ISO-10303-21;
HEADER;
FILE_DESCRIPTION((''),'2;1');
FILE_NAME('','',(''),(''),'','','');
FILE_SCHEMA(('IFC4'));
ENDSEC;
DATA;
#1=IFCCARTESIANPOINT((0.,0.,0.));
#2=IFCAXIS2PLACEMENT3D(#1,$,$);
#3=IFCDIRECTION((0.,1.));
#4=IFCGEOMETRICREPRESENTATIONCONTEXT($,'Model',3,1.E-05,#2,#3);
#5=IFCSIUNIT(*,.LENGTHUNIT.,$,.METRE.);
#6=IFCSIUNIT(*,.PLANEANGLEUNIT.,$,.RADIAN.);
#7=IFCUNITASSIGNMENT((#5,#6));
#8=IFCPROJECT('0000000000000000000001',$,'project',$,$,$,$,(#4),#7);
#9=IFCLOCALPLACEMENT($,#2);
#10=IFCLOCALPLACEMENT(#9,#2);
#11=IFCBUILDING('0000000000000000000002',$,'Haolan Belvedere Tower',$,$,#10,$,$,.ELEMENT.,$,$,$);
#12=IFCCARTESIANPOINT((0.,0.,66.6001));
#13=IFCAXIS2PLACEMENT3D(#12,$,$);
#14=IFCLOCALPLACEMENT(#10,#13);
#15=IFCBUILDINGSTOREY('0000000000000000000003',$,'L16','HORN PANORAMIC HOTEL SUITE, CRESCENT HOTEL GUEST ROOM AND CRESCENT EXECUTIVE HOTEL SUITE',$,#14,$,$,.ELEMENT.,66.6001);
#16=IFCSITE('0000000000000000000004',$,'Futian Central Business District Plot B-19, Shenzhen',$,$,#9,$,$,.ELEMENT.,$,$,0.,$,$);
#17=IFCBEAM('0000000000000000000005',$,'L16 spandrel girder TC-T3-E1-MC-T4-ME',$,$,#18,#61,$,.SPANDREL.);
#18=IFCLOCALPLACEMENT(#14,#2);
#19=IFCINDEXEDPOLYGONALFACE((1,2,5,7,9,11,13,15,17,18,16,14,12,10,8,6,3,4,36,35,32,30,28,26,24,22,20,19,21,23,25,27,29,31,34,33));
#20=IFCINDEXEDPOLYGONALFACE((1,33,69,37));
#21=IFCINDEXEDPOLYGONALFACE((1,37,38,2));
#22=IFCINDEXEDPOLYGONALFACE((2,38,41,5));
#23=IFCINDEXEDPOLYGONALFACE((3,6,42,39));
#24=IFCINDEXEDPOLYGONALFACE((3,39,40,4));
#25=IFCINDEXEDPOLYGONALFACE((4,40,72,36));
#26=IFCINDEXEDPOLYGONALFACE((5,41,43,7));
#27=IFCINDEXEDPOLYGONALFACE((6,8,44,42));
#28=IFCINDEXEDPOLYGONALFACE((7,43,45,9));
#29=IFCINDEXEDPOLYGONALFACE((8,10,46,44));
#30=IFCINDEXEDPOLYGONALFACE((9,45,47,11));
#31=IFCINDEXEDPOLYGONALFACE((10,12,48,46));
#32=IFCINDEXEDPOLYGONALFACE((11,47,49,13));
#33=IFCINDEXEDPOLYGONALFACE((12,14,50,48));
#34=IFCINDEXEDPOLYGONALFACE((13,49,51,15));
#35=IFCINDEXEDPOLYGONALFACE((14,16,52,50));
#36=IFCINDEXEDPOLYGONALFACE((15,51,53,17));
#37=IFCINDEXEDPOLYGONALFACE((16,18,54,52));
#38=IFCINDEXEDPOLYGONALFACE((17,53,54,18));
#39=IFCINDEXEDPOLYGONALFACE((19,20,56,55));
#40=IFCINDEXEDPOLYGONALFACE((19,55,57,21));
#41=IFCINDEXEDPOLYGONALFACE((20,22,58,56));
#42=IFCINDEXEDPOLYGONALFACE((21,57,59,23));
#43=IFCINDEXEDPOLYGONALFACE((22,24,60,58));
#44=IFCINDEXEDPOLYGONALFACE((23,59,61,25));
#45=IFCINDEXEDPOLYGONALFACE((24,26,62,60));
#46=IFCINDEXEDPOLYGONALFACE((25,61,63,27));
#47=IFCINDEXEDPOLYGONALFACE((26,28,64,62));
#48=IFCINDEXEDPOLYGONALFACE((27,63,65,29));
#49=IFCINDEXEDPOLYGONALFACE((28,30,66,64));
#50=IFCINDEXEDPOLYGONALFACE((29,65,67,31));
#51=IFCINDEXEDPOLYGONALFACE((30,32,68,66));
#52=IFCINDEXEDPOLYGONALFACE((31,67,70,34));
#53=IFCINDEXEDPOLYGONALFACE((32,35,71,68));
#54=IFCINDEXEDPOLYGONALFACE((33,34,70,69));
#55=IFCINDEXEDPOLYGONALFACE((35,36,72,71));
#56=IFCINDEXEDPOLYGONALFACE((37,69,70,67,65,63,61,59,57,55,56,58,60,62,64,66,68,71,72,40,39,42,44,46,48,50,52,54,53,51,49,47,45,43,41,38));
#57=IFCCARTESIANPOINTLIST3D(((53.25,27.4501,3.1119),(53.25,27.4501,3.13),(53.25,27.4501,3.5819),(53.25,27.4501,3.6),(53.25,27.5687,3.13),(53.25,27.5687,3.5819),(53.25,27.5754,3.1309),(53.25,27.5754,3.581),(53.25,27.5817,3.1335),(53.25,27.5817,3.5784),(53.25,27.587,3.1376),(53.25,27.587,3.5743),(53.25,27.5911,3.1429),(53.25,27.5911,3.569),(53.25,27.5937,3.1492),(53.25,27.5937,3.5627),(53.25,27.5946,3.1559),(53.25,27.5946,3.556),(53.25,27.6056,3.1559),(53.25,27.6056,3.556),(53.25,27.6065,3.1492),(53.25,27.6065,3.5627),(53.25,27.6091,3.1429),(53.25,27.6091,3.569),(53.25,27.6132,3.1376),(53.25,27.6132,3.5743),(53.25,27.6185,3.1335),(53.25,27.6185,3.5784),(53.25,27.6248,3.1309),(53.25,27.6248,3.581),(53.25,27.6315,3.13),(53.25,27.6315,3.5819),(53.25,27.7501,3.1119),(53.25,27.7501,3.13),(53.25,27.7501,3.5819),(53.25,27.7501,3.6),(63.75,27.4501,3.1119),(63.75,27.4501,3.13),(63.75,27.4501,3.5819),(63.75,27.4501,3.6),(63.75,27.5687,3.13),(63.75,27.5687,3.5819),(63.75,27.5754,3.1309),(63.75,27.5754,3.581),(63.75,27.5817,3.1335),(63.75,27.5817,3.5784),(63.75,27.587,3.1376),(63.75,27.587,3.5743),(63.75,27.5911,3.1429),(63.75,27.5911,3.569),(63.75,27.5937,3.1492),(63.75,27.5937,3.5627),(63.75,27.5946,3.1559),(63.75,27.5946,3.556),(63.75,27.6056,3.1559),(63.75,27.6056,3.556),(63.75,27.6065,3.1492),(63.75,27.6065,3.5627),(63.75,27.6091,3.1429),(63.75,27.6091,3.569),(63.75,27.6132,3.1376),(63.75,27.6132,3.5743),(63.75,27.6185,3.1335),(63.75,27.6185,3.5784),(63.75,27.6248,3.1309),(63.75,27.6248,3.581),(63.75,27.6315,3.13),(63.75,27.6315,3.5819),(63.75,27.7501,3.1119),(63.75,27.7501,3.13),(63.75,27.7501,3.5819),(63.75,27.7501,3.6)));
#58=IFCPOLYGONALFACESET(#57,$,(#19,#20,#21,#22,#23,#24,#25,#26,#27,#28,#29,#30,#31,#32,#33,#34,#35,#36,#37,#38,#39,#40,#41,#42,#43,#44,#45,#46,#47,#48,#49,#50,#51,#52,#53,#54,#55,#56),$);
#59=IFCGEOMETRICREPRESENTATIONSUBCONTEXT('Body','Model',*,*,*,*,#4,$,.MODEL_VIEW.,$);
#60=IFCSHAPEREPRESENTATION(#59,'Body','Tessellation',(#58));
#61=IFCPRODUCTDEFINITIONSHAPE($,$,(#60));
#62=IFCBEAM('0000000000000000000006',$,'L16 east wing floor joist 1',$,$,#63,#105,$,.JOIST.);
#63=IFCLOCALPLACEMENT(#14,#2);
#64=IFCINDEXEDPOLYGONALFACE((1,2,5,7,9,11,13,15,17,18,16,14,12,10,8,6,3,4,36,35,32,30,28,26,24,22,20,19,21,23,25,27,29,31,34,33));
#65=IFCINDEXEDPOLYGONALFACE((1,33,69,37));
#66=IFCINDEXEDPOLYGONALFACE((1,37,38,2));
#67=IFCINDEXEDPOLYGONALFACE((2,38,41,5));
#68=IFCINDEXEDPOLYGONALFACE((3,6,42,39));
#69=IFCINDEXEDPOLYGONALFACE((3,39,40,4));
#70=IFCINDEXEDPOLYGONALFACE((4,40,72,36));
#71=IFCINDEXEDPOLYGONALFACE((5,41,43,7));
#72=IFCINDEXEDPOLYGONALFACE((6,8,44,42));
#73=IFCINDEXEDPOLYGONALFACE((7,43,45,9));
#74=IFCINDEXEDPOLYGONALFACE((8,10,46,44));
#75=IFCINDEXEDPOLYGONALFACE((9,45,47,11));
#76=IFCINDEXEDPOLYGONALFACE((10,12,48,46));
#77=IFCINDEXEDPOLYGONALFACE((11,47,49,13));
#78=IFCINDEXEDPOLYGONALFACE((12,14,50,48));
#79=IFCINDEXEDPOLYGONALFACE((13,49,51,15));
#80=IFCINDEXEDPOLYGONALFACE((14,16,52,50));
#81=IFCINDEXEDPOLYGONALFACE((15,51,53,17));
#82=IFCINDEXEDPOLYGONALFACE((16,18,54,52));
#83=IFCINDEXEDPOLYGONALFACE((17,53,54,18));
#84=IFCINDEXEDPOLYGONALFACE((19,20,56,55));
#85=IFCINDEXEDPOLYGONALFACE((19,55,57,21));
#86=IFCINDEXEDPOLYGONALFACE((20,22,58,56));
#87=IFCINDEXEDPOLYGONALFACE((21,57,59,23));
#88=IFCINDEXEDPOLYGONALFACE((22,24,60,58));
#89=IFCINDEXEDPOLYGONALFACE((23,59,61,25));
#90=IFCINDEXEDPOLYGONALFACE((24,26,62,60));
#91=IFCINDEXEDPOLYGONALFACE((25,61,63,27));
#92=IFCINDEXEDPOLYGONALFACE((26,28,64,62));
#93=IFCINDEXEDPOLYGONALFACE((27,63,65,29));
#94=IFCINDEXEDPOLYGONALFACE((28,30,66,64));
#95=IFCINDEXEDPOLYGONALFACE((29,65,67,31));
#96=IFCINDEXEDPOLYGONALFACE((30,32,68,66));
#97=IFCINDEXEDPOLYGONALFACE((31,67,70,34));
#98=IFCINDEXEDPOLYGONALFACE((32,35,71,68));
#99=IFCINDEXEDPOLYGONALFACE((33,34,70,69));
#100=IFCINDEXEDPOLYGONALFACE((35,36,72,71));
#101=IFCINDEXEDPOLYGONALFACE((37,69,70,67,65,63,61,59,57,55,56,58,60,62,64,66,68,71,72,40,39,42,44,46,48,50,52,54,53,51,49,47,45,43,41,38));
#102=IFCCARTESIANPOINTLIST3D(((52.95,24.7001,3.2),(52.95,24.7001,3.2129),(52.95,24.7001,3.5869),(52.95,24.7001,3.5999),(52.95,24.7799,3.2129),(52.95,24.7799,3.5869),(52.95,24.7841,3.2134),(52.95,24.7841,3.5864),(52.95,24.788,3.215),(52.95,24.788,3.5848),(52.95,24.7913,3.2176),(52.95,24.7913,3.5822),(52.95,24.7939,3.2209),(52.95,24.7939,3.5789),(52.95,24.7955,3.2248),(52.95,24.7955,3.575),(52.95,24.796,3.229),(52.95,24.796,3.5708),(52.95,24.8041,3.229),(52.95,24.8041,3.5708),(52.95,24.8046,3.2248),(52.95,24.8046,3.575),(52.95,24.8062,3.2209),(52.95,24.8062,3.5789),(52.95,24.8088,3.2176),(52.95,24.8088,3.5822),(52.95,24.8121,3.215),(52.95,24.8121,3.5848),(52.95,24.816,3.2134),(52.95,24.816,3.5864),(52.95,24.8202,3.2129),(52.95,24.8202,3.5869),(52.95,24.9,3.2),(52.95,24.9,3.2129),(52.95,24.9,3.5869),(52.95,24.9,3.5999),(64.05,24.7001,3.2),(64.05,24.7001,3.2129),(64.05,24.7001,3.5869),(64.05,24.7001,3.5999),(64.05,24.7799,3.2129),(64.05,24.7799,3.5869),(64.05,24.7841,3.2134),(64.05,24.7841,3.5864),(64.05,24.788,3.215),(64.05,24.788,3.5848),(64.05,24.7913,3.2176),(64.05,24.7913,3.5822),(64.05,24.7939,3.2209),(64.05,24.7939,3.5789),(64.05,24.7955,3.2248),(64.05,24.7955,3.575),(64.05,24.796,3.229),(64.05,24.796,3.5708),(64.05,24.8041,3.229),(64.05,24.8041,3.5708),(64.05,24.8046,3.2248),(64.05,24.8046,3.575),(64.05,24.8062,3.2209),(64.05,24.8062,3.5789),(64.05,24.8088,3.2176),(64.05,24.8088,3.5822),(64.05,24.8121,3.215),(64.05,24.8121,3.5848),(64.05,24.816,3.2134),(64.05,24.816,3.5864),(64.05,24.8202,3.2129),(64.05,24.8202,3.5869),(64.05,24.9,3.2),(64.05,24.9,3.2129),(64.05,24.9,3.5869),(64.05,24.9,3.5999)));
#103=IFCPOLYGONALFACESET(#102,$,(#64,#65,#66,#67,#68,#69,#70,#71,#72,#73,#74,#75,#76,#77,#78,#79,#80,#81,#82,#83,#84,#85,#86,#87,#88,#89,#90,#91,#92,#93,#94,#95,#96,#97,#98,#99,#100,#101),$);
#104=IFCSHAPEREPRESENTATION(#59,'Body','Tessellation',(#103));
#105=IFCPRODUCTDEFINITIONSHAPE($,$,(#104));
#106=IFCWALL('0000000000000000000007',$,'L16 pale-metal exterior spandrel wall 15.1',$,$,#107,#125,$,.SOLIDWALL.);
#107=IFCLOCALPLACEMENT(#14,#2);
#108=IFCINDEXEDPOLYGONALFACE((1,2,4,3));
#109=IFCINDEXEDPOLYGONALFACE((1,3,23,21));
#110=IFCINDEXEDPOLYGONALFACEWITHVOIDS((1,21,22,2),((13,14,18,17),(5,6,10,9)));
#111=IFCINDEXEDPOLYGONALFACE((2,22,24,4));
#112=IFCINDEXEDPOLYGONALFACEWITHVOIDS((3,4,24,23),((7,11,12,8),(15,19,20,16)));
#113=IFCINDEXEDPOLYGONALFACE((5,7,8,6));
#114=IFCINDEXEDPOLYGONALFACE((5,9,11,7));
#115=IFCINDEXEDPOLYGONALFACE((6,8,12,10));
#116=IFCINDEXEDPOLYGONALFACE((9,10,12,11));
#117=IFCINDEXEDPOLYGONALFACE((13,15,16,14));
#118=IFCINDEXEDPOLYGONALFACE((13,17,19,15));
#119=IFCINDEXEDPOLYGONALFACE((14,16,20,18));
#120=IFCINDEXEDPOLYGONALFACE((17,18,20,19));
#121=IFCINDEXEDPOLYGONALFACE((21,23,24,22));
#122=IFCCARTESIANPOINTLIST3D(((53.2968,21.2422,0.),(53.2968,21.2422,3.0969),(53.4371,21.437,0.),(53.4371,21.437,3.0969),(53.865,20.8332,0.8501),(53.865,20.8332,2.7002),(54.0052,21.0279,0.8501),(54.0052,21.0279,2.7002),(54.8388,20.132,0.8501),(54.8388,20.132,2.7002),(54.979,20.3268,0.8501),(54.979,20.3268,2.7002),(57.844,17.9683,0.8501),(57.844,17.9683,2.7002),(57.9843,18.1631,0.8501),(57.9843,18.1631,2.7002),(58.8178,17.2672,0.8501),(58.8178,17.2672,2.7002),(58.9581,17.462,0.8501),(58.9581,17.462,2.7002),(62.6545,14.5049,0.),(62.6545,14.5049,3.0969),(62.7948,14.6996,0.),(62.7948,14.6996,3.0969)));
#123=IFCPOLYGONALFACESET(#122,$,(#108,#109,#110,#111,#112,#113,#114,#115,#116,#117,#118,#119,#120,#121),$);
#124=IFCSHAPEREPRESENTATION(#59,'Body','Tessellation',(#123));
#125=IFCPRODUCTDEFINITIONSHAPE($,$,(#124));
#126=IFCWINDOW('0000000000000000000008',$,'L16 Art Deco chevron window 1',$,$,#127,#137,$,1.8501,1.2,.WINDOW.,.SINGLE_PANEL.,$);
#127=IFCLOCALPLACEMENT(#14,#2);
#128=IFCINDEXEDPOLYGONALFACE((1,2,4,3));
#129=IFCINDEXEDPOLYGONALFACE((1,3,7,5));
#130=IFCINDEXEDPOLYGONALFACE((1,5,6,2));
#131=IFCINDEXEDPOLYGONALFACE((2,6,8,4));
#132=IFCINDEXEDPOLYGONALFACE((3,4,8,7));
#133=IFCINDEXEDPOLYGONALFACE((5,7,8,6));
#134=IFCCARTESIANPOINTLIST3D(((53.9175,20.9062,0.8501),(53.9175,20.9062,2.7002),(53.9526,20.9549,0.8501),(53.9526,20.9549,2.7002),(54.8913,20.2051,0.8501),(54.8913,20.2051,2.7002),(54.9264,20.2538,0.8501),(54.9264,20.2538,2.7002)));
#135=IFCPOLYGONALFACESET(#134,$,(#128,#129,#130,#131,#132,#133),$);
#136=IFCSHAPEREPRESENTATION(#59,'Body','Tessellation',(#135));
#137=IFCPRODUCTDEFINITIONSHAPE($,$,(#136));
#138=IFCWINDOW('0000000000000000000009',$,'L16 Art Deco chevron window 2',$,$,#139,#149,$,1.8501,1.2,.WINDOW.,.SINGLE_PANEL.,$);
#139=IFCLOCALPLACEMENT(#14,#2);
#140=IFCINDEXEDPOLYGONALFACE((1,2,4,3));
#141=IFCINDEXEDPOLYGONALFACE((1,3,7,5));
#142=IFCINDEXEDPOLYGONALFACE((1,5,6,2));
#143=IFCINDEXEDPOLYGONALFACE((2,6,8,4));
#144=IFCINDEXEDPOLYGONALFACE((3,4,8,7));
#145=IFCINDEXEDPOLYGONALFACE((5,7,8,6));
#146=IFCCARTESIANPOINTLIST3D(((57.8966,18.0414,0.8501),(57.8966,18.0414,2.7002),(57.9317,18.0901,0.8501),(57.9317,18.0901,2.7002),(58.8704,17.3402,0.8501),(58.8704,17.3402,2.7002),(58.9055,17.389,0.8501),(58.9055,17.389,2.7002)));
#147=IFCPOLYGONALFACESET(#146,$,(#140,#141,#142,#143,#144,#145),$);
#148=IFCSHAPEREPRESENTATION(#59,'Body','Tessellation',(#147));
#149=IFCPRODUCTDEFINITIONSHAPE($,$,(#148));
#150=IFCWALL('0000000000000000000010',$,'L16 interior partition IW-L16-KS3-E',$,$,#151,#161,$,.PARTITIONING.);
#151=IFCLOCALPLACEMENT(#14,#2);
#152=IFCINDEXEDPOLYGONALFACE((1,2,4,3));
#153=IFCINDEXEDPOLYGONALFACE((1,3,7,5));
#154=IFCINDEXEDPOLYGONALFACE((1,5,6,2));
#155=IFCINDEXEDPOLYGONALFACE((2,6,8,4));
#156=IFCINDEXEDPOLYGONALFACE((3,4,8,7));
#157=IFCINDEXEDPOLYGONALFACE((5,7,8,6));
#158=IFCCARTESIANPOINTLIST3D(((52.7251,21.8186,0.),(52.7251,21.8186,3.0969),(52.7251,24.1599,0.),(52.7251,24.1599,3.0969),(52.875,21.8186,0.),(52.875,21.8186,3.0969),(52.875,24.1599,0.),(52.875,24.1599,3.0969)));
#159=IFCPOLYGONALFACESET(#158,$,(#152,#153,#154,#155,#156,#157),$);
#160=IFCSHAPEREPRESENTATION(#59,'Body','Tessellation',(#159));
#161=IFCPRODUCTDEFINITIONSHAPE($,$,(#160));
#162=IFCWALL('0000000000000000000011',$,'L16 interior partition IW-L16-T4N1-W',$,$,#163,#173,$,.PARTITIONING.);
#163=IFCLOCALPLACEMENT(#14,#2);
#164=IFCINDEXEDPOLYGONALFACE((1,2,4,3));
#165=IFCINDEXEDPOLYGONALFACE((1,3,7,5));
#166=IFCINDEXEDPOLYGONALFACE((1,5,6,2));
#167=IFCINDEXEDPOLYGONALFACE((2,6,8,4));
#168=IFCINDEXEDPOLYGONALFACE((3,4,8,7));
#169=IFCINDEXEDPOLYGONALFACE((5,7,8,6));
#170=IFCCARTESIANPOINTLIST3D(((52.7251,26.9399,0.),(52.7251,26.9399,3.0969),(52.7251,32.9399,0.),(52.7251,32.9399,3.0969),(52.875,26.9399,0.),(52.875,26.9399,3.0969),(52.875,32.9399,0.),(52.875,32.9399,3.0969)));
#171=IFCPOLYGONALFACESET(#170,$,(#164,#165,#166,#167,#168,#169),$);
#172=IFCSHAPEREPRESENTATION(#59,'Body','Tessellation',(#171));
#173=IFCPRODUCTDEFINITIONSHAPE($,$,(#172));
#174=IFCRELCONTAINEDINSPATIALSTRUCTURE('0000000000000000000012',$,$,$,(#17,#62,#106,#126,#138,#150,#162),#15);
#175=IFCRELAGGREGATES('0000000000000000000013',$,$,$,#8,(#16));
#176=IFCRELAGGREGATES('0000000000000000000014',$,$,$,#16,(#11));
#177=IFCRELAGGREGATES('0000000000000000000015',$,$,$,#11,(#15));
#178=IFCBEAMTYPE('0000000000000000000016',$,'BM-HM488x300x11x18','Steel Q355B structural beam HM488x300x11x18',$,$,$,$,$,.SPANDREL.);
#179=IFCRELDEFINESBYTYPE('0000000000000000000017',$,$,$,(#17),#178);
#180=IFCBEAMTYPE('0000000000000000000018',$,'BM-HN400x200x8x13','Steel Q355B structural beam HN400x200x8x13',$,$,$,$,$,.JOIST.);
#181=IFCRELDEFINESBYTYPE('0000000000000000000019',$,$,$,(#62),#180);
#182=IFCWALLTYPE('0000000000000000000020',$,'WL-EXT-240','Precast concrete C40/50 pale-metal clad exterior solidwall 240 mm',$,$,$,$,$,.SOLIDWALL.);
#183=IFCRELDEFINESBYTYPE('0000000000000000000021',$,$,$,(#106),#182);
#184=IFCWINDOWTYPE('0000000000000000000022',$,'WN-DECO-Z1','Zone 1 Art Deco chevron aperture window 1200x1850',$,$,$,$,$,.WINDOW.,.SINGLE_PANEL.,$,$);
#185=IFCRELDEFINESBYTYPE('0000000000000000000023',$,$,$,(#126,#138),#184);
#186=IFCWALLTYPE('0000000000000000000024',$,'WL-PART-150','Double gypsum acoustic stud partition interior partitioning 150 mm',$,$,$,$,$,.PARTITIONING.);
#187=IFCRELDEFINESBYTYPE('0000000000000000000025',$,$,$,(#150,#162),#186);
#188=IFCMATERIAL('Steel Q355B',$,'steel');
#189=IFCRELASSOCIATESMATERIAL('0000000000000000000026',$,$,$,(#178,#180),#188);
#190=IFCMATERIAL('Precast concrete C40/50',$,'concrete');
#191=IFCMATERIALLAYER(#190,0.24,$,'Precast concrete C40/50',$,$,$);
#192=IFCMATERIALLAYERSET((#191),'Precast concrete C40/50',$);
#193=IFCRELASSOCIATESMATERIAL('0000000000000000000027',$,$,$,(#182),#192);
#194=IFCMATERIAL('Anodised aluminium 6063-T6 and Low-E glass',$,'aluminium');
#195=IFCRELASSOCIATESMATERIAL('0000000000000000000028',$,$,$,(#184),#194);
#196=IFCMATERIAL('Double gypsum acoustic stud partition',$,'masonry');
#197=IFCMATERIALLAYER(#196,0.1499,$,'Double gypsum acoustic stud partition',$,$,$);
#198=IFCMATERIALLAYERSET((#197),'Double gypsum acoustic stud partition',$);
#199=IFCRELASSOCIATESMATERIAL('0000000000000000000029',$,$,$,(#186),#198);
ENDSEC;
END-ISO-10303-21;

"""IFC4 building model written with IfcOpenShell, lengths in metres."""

from ifc_helpers import new_model, si_unit, direction, frame, frame_2d, origin, origin_2d, place, context, subcontext, project, spatial, rectangle, i_section, extrude, material, layer, layer_set, material_profile, profile_set, type_object, element, fill, save


model = new_model("IFC4")

# Units and contexts
model_context = context("Model", 3, precision=1e-05, world=origin(), true_north=direction((0.0, 1.0)))
body_context = subcontext(model_context, "Body", "Model", "MODEL_VIEW")
ifc_project = project(units=[si_unit("LENGTHUNIT", "METRE"), si_unit("PLANEANGLEUNIT", "RADIAN")], contexts=[model_context])

# Site, building, storey
site_placement = place(None, origin())
site = spatial("IfcSite", under=ifc_project, at=site_placement, Name="Futian Central Business District Plot B-19, Shenzhen", CompositionType="ELEMENT", RefElevation=0.0)
building_placement = place(site_placement, origin())
building = spatial("IfcBuilding", under=site, at=building_placement, Name="Haolan Belvedere Tower", CompositionType="ELEMENT")
storey_placement = place(building_placement, frame((0.0, 0.0, 66.6001)))
storey = spatial("IfcBuildingStorey", under=building, at=storey_placement, Name="L16", Description="HORN PANORAMIC HOTEL SUITE, CRESCENT HOTEL GUEST ROOM AND CRESCENT EXECUTIVE HOTEL SUITE", CompositionType="ELEMENT", Elevation=66.6001)

# Beams
ifc_material_1 = material(Name="Steel Q355B", Category="steel")
ifc_material_profile_1 = material_profile(ifc_material_1, i_section(OverallWidth=0.3, OverallDepth=0.488, WebThickness=0.011, FlangeThickness=0.0181, FilletRadius=0.0259, at=origin_2d()), Name="Steel Q355B")
ifc_profile_set_1 = profile_set([ifc_material_profile_1], Name="Steel Q355B")
beam_type_1 = type_object("IfcBeamType", Name="BM-HM488x300x11x18", Description="Steel Q355B structural beam HM488x300x11x18", PredefinedType="SPANDREL", material=ifc_profile_set_1)
beam_1_placement = place(storey_placement, frame((53.25, 27.6001, 3.356), z_axis=(1.0, 0.0, 0.0), x_axis=(0.0, 1.0, 0.0)))
element("IfcBeam", 1, at=beam_1_placement, inside=storey, type_object=beam_type_1, Name="L16 spandrel girder TC-T3-E1-MC-T4-ME", PredefinedType="SPANDREL", context=body_context, shape_type="SweptSolid", body=[
    extrude(i_section(OverallWidth=0.3, OverallDepth=0.488, WebThickness=0.011, FlangeThickness=0.0181, FilletRadius=0.0259, at=origin_2d()), origin(), (0.0, 0.0, 1.0), 10.5),
])
ifc_material_profile_2 = material_profile(ifc_material_1, i_section(OverallWidth=0.2, OverallDepth=0.3999, WebThickness=0.0081, FlangeThickness=0.0129, FilletRadius=0.0161, at=origin_2d()), Name="Steel Q355B")
ifc_profile_set_2 = profile_set([ifc_material_profile_2], Name="Steel Q355B")
beam_type_2 = type_object("IfcBeamType", Name="BM-HN400x200x8x13", Description="Steel Q355B structural beam HN400x200x8x13", PredefinedType="JOIST", material=ifc_profile_set_2)
beam_2_placement = place(storey_placement, frame((52.95, 24.8, 3.3999), z_axis=(1.0, 0.0, 0.0), x_axis=(0.0, 1.0, 0.0)))
element("IfcBeam", 2, at=beam_2_placement, inside=storey, type_object=beam_type_2, Name="L16 east wing floor joist 1", PredefinedType="JOIST", context=body_context, shape_type="SweptSolid", body=[
    extrude(i_section(OverallWidth=0.2, OverallDepth=0.3999, WebThickness=0.0081, FlangeThickness=0.0129, FilletRadius=0.0161, at=origin_2d()), origin(), (0.0, 0.0, 1.0), 11.1001),
])

# Wall, openings, windows
ifc_material_2 = material(Name="Precast concrete C40/50", Category="concrete")
ifc_layer_1 = layer(ifc_material_2, 0.24, Name="Precast concrete C40/50")
ifc_layer_set_1 = layer_set([ifc_layer_1], Name="Precast concrete C40/50")
wall_type_1 = type_object("IfcWallType", Name="WL-EXT-240", Description="Precast concrete C40/50 pale-metal clad exterior solidwall 240 mm", PredefinedType="SOLIDWALL", material=ifc_layer_set_1)
wall_1_placement = place(storey_placement, frame((53.3669, 21.3396, 0.0), z_axis=(0.0, 0.0, 1.0), x_axis=(0.811543, -0.584292, 0.0)))
wall_1 = element("IfcWall", 3, at=wall_1_placement, inside=storey, type_object=wall_type_1, Name="L16 pale-metal exterior spandrel wall 15.1", PredefinedType="SOLIDWALL", context=body_context, shape_type="SweptSolid", body=[
    extrude(rectangle(XDim=11.5308, YDim=0.24, at=frame_2d((5.7654, 0.0))), origin(), (0.0, 0.0, 1.0), 3.0969),
])
opening_1_placement = place(wall_1_placement, frame((0.7, 0.0, 0.8501)))
opening_1 = element("IfcOpeningElement", 4, at=opening_1_placement, cuts=wall_1, PredefinedType="OPENING", context=body_context, shape_type="SweptSolid", body=[
    extrude(rectangle(XDim=1.2, YDim=1.8501, at=frame_2d((0.6001, 0.925))), frame((0.0, 0.1299, 0.0), z_axis=(0.0, -1.0, 0.0), x_axis=(1.0, 0.0, 0.0)), (0.0, 0.0, 1.0), 0.26),
])
opening_2_placement = place(wall_1_placement, frame((5.603, 0.0, 0.8501)))
opening_2 = element("IfcOpeningElement", 5, at=opening_2_placement, cuts=wall_1, PredefinedType="OPENING", context=body_context, shape_type="SweptSolid", body=[
    extrude(rectangle(XDim=1.2, YDim=1.8501, at=frame_2d((0.6001, 0.925))), frame((0.0, 0.1299, 0.0), z_axis=(0.0, -1.0, 0.0), x_axis=(1.0, 0.0, 0.0)), (0.0, 0.0, 1.0), 0.26),
])
ifc_material_3 = material(Name="Anodised aluminium 6063-T6 and Low-E glass", Category="aluminium")
window_type = type_object("IfcWindowType", Name="WN-DECO-Z1", Description="Zone 1 Art Deco chevron aperture window 1200x1850", PartitioningType="SINGLE_PANEL", PredefinedType="WINDOW", material=ifc_material_3)
window_1_placement = place(opening_1_placement, origin())
window_1 = element("IfcWindow", 6, at=window_1_placement, inside=storey, type_object=window_type, Name="L16 Art Deco chevron window 1", OverallHeight=1.8501, OverallWidth=1.2, PartitioningType="SINGLE_PANEL", PredefinedType="WINDOW", context=body_context, shape_type="SweptSolid", body=[
    extrude(rectangle(XDim=1.2, YDim=1.8501, at=frame_2d((0.6001, 0.925))), frame((0.0, 0.03, 0.0), z_axis=(0.0, -1.0, 0.0), x_axis=(1.0, 0.0, 0.0)), (0.0, 0.0, 1.0), 0.0601),
])
fill(opening_1, window_1)
window_2_placement = place(opening_2_placement, origin())
window_2 = element("IfcWindow", 7, at=window_2_placement, inside=storey, type_object=window_type, Name="L16 Art Deco chevron window 2", OverallHeight=1.8501, OverallWidth=1.2, PartitioningType="SINGLE_PANEL", PredefinedType="WINDOW", context=body_context, shape_type="SweptSolid", body=[
    extrude(rectangle(XDim=1.2, YDim=1.8501, at=frame_2d((0.6001, 0.925))), frame((0.0, 0.03, 0.0), z_axis=(0.0, -1.0, 0.0), x_axis=(1.0, 0.0, 0.0)), (0.0, 0.0, 1.0), 0.0601),
])
fill(opening_2, window_2)

# Walls
ifc_material_4 = material(Name="Double gypsum acoustic stud partition", Category="masonry")
ifc_layer_2 = layer(ifc_material_4, 0.1499, Name="Double gypsum acoustic stud partition")
ifc_layer_set_2 = layer_set([ifc_layer_2], Name="Double gypsum acoustic stud partition")
wall_type_2 = type_object("IfcWallType", Name="WL-PART-150", Description="Double gypsum acoustic stud partition interior partitioning 150 mm", PredefinedType="PARTITIONING", material=ifc_layer_set_2)
wall_2_placement = place(storey_placement, frame((52.8, 21.8186, 0.0), z_axis=(0.0, 0.0, 1.0), x_axis=(0.0, 1.0, 0.0)))
element("IfcWall", 8, at=wall_2_placement, inside=storey, type_object=wall_type_2, Name="L16 interior partition IW-L16-KS3-E", PredefinedType="PARTITIONING", context=body_context, shape_type="SweptSolid", body=[
    extrude(rectangle(XDim=2.3413, YDim=0.1499, at=frame_2d((1.1707, 0.0))), origin(), (0.0, 0.0, 1.0), 3.0969),
])
wall_3_placement = place(storey_placement, frame((52.8, 26.9399, 0.0), z_axis=(0.0, 0.0, 1.0), x_axis=(0.0, 1.0, 0.0)))
element("IfcWall", 9, at=wall_3_placement, inside=storey, type_object=wall_type_2, Name="L16 interior partition IW-L16-T4N1-W", PredefinedType="PARTITIONING", context=body_context, shape_type="SweptSolid", body=[
    extrude(rectangle(XDim=6.0, YDim=0.1499, at=frame_2d((3.0, 0.0))), origin(), (0.0, 0.0, 1.0), 3.0969),
])

save(model, "model.ifc")
